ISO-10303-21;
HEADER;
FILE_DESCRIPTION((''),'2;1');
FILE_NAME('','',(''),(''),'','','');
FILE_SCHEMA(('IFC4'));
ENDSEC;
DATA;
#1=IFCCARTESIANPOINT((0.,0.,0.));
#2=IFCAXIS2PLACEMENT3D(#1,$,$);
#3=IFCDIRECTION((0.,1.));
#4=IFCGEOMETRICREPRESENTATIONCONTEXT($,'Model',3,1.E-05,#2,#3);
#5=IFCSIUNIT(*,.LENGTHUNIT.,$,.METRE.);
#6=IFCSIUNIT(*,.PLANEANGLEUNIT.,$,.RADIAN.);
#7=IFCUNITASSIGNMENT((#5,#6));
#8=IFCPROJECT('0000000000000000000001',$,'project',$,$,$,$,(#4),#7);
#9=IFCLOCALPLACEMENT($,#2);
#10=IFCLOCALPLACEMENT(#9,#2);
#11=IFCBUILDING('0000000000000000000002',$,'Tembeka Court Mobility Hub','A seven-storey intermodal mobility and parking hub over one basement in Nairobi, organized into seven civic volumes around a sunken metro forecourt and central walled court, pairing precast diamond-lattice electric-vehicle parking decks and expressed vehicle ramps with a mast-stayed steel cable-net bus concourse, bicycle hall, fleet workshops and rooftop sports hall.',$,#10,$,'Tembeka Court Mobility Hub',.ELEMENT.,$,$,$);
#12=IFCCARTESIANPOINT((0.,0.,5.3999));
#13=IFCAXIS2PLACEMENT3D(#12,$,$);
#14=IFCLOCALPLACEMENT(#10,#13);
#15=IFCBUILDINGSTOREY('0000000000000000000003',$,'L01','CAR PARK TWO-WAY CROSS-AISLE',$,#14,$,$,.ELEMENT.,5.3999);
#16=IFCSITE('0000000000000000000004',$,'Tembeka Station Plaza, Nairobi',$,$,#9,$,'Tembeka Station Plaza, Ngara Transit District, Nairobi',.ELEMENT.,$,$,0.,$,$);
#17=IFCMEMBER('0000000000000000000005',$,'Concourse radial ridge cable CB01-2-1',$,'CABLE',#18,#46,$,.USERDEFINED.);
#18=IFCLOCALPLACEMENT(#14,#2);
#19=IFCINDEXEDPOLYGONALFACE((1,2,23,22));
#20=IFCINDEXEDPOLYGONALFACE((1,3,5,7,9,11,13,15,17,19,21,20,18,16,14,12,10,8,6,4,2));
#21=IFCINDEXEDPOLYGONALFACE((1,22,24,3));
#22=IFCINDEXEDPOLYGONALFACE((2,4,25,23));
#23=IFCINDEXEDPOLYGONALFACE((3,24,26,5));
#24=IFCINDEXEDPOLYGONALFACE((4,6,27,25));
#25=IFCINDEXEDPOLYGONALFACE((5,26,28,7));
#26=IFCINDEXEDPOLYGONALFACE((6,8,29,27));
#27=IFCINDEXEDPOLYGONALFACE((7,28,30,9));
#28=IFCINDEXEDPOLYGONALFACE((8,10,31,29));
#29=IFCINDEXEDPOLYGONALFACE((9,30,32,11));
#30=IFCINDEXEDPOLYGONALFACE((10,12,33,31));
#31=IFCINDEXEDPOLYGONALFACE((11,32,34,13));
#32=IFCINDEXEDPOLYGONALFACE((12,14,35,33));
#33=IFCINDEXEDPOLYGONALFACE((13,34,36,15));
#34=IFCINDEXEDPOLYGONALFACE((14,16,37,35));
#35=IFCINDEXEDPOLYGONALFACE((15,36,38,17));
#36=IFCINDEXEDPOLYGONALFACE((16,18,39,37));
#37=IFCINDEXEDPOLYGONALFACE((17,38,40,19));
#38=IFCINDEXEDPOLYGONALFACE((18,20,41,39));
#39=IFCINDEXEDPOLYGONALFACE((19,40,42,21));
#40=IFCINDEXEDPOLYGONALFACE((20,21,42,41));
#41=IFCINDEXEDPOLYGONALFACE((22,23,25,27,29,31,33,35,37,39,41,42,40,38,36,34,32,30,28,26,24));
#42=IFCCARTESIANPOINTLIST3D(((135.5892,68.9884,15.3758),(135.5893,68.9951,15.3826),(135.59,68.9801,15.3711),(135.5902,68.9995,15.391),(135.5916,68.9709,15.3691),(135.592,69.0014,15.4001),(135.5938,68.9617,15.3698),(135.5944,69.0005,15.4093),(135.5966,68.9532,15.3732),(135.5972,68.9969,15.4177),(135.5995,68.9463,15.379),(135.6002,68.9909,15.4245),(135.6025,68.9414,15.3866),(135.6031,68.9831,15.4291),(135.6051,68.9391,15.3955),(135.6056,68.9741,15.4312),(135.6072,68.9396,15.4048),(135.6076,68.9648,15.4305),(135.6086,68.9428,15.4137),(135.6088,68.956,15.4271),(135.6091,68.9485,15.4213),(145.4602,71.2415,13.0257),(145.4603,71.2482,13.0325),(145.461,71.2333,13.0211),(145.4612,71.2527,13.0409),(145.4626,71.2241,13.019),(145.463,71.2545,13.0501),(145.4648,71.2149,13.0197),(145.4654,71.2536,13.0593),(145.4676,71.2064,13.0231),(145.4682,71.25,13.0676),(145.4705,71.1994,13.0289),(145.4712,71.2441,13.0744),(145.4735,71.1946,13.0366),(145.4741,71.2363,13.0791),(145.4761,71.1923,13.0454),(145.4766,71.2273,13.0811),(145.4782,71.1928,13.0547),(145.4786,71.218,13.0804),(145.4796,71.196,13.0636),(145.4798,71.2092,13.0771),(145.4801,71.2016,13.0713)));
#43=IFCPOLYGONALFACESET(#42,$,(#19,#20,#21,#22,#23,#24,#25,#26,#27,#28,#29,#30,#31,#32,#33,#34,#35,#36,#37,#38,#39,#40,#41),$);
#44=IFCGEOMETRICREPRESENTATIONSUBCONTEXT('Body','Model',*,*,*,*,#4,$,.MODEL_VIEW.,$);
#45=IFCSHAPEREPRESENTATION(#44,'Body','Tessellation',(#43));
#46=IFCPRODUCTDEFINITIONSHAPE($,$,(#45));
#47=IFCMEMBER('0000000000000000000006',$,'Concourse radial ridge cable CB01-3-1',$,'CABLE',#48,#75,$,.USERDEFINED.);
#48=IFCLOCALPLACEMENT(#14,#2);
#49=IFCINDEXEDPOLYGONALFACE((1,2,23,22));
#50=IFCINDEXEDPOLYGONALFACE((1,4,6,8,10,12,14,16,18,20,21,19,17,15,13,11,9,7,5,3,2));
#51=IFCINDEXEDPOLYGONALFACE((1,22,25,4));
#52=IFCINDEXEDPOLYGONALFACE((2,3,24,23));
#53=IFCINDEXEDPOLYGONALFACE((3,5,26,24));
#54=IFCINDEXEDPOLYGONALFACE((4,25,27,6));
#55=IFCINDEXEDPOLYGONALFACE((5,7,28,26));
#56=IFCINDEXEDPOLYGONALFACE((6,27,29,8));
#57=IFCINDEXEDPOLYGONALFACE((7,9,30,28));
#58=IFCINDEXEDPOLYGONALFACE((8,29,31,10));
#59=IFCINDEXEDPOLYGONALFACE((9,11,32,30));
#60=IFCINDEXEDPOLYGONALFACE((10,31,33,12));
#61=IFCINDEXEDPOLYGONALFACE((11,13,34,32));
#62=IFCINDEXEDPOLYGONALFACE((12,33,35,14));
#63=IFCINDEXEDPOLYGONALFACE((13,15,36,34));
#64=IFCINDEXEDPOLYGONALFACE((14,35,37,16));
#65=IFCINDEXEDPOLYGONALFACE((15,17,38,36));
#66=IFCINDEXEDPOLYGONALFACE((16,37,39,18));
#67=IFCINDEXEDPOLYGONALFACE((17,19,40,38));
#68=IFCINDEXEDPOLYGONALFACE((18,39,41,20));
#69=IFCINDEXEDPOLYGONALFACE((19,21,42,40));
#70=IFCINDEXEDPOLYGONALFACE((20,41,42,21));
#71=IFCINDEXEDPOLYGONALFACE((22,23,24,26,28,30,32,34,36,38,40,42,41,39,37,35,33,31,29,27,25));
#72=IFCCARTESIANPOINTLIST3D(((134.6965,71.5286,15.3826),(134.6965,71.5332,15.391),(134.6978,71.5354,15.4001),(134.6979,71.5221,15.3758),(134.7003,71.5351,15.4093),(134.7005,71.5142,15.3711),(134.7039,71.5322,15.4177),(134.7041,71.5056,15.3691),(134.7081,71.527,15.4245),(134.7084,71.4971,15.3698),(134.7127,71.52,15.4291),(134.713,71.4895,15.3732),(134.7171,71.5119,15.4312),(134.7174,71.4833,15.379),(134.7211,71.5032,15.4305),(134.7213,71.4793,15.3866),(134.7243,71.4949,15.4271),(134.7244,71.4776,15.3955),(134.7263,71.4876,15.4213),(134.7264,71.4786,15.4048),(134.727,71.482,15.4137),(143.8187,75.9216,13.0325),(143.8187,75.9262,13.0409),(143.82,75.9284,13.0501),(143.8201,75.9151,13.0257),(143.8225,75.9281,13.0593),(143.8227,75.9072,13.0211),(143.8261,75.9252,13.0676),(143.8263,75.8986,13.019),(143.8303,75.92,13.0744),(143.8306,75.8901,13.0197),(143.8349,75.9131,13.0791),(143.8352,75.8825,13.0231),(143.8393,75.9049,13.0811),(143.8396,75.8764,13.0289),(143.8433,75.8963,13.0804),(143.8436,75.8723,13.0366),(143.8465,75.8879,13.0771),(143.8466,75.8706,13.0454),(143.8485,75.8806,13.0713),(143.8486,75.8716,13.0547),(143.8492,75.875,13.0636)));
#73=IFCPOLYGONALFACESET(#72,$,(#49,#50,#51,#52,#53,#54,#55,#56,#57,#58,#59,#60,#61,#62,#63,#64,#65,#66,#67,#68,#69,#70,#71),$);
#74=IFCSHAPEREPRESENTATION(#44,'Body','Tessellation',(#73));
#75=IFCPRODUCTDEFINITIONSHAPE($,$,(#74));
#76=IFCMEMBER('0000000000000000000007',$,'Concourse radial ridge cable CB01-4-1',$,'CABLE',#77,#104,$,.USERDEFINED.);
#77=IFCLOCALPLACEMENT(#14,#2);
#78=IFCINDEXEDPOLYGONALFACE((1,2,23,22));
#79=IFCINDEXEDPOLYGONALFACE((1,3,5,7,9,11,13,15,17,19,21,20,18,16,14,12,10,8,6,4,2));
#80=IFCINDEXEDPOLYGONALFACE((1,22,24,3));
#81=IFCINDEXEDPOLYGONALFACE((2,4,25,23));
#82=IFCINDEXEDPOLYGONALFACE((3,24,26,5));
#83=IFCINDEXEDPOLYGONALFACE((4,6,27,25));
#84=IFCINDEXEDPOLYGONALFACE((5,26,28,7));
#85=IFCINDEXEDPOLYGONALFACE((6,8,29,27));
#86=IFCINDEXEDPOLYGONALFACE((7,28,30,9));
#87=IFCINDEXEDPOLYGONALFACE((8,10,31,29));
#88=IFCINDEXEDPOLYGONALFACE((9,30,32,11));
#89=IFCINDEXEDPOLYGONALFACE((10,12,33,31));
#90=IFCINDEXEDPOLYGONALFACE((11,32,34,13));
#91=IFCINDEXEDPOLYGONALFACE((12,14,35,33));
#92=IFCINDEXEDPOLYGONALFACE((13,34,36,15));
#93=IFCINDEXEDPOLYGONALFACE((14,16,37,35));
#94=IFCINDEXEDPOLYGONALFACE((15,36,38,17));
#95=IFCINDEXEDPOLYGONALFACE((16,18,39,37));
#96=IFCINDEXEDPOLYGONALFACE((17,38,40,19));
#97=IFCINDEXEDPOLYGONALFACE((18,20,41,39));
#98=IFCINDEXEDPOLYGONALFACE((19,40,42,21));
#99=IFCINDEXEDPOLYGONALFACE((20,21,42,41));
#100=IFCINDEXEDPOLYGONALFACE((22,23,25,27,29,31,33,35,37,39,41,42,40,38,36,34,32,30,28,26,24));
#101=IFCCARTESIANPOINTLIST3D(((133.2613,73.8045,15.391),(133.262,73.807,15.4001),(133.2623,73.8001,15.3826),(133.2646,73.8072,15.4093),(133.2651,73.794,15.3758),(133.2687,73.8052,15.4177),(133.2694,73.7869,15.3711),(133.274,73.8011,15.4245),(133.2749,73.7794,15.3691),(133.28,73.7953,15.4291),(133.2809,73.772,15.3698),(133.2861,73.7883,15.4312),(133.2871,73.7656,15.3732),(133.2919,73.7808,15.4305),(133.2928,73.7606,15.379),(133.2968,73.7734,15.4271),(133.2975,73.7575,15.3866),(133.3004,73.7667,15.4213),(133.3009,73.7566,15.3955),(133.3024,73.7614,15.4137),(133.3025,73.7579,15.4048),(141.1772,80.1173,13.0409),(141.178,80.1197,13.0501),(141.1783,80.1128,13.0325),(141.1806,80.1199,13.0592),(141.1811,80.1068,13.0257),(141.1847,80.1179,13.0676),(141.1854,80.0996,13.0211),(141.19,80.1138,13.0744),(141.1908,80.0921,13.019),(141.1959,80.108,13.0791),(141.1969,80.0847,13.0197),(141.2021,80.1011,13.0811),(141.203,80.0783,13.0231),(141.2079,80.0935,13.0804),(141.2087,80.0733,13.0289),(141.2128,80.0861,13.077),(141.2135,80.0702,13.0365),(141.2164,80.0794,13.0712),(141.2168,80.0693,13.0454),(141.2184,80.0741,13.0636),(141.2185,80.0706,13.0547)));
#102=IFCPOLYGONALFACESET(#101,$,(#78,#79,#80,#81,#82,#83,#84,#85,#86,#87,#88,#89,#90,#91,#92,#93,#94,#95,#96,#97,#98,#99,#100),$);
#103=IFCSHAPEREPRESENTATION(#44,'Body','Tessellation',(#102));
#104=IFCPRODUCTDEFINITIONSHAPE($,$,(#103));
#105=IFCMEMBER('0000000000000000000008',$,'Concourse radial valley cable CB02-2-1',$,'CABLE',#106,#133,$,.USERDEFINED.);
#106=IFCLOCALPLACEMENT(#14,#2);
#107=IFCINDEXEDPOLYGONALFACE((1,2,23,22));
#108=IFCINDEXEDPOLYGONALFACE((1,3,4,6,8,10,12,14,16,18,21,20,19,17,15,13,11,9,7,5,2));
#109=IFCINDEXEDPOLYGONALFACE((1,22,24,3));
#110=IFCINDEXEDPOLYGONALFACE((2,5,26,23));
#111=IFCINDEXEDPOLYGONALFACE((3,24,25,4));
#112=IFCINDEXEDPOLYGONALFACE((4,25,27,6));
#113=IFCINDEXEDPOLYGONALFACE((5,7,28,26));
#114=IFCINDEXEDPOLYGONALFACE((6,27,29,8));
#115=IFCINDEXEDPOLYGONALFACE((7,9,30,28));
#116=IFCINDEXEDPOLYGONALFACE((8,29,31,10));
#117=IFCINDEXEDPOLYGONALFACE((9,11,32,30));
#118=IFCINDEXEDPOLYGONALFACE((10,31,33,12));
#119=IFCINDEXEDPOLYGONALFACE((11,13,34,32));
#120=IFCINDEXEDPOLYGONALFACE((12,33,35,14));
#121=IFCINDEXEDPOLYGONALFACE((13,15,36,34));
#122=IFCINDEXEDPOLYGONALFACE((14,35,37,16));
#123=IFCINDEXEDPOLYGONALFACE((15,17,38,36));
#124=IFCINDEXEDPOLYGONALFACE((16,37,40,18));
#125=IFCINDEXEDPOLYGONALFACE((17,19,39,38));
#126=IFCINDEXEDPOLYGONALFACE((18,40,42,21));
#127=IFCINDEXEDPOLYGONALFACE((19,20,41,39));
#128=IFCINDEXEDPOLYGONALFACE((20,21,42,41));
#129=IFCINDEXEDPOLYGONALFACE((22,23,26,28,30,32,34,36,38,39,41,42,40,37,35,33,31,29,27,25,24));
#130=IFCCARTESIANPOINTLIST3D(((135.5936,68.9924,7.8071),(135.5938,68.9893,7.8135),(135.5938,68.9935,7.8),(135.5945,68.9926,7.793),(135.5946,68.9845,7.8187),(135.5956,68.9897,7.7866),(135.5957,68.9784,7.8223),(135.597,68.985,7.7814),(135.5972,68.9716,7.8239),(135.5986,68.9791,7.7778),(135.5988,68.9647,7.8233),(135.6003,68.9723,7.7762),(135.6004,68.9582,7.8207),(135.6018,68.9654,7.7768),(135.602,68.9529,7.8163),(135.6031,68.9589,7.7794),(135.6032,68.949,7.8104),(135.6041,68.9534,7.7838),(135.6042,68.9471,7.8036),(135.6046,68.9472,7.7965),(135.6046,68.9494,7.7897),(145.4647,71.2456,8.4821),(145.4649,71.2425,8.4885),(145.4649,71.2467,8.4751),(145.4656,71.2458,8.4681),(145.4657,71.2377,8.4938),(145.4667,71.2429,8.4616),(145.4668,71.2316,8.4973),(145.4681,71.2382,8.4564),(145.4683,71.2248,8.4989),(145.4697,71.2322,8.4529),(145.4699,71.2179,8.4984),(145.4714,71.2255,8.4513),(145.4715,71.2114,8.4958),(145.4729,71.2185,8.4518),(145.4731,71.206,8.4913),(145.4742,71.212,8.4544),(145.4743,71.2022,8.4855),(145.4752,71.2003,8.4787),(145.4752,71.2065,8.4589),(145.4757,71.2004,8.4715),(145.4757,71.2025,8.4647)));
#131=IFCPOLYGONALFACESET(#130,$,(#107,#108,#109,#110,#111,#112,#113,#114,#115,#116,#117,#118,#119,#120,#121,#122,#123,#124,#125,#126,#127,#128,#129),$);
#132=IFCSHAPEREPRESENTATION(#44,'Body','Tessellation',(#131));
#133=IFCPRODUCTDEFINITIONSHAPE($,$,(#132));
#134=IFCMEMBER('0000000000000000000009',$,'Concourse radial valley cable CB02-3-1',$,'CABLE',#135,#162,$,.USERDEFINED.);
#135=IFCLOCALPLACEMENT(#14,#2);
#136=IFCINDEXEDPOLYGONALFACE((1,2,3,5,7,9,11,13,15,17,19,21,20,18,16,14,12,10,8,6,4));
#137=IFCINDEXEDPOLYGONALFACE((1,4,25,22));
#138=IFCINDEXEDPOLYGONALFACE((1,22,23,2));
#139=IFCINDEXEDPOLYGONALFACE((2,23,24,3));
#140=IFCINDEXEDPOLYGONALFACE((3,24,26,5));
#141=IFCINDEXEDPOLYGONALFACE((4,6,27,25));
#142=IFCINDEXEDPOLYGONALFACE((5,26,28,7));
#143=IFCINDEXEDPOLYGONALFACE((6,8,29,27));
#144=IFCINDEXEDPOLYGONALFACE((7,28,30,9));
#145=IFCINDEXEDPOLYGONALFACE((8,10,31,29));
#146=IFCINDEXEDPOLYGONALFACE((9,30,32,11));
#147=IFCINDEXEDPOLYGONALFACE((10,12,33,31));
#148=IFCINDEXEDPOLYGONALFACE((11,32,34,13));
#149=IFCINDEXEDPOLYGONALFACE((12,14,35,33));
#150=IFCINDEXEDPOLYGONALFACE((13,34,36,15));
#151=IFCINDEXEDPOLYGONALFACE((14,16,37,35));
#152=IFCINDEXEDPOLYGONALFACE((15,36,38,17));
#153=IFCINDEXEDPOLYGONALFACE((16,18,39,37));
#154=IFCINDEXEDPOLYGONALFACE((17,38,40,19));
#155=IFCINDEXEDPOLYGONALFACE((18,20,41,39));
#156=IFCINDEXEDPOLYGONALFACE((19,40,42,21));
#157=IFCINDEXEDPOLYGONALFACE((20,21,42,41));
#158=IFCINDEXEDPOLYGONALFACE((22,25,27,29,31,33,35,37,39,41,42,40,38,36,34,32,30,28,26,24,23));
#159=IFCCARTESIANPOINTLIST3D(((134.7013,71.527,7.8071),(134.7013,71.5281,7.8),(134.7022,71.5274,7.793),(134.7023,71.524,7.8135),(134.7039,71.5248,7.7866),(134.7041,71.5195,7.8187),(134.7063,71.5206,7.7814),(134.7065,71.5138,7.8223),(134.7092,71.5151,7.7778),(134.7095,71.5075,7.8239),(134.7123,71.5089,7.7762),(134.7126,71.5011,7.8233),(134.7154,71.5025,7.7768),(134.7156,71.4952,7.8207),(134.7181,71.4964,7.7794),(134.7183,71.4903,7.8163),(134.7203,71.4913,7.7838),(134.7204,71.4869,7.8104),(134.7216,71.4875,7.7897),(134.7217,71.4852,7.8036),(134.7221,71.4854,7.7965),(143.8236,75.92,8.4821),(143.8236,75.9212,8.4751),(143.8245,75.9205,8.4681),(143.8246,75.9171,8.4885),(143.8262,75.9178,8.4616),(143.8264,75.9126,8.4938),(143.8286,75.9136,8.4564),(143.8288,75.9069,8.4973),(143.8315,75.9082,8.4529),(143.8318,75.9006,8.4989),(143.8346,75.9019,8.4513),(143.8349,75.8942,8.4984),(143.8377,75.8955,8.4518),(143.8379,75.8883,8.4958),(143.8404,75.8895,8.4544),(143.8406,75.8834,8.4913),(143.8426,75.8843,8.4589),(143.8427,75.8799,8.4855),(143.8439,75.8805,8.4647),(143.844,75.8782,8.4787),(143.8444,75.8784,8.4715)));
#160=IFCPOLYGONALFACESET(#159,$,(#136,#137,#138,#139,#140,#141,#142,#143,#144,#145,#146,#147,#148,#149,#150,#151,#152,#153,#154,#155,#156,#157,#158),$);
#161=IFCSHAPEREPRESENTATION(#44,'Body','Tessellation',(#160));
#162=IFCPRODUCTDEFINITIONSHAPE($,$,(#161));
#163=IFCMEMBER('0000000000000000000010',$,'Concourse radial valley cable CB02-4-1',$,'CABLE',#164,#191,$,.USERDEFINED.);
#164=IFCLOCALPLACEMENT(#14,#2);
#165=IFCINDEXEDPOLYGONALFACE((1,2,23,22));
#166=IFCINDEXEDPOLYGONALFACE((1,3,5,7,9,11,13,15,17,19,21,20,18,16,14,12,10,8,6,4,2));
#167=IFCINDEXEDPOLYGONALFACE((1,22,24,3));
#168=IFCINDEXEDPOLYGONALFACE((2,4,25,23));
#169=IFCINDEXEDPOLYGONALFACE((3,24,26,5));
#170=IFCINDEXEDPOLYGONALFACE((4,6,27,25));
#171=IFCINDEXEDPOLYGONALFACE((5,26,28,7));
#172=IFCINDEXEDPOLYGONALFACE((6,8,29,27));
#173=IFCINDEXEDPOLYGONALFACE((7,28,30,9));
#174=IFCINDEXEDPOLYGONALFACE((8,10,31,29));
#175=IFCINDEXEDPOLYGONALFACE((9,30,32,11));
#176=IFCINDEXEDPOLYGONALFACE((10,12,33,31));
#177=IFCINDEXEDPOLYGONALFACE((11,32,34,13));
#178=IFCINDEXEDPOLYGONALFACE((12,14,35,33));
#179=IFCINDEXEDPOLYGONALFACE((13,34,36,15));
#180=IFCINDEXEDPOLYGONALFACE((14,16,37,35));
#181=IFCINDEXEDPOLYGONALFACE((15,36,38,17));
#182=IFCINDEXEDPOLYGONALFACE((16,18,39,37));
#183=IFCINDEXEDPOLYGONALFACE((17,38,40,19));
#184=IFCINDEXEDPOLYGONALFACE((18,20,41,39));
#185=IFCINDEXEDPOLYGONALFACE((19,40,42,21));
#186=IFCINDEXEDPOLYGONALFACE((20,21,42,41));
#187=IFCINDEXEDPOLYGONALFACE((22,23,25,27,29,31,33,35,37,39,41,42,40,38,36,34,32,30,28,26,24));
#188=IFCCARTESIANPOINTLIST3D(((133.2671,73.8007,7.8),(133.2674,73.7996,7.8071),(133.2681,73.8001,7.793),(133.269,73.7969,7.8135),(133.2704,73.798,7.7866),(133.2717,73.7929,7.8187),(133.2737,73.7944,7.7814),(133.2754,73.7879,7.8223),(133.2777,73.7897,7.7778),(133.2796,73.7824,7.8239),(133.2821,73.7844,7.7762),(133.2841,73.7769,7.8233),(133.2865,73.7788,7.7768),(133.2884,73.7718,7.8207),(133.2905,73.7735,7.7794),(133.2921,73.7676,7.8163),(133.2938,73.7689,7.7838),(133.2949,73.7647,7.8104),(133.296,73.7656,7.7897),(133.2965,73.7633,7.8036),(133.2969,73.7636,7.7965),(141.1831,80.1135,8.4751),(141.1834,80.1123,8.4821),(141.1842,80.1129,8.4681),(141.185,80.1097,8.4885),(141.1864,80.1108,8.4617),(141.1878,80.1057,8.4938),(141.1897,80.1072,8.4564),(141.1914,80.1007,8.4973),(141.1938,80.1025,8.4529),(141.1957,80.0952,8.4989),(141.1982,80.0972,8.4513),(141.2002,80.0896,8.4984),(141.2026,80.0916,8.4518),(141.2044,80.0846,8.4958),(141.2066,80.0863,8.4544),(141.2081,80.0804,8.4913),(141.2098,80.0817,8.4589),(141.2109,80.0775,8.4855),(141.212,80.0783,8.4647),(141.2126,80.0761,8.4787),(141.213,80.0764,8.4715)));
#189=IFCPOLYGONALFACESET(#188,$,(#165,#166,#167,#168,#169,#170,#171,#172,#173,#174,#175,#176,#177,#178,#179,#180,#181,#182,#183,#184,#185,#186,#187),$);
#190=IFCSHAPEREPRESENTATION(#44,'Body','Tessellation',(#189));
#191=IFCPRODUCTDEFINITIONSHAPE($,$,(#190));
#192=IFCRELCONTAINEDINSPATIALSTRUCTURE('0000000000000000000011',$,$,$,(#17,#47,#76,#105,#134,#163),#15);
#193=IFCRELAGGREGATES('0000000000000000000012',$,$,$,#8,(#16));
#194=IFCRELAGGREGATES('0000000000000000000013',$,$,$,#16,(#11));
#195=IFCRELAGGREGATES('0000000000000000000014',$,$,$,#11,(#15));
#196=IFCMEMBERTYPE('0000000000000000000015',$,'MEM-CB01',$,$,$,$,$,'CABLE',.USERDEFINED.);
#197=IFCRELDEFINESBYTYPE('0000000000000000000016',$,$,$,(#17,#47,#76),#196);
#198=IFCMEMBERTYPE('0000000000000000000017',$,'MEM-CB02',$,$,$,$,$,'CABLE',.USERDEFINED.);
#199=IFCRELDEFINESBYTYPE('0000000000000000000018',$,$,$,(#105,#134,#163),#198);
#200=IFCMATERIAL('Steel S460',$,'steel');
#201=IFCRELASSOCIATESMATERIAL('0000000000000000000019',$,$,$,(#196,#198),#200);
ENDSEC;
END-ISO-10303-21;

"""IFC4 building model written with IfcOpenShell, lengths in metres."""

from ifc_helpers import new_model, si_unit, direction, frame, origin, origin_2d, place, context, subcontext, project, spatial, circle, extrude, material, material_profile, profile_set, type_object, element, save


model = new_model("IFC4")

# Units and contexts
model_context = context("Model", 3, precision=1e-05, world=origin(), true_north=direction((0.0, 1.0)))
body_context = subcontext(model_context, "Body", "Model", "MODEL_VIEW")
ifc_project = project(units=[si_unit("LENGTHUNIT", "METRE"), si_unit("PLANEANGLEUNIT", "RADIAN")], contexts=[model_context])

# Site, building, storey
site_placement = place(None, origin())
site = spatial("IfcSite", under=ifc_project, at=site_placement, Name="Tembeka Station Plaza, Nairobi", LongName="Tembeka Station Plaza, Ngara Transit District, Nairobi", CompositionType="ELEMENT", RefElevation=0.0)
building_placement = place(site_placement, origin())
building = spatial("IfcBuilding", under=site, at=building_placement, Name="Tembeka Court Mobility Hub", Description="A seven-storey intermodal mobility and parking hub over one basement in Nairobi, organized into seven civic volumes around a sunken metro forecourt and central walled court, pairing precast diamond-lattice electric-vehicle parking decks and expressed vehicle ramps with a mast-stayed steel cable-net bus concourse, bicycle hall, fleet workshops and rooftop sports hall.", LongName="Tembeka Court Mobility Hub", CompositionType="ELEMENT")
storey_placement = place(building_placement, frame((0.0, 0.0, 5.3999)))
storey = spatial("IfcBuildingStorey", under=building, at=storey_placement, Name="L01", Description="CAR PARK TWO-WAY CROSS-AISLE", CompositionType="ELEMENT", Elevation=5.3999)

# Members
ifc_material_1 = material(Name="Steel S460", Category="steel")
ifc_material_profile_1 = material_profile(ifc_material_1, circle(Radius=0.032, at=origin_2d()), Name="CABLE D64")
ifc_profile_set_1 = profile_set([ifc_material_profile_1], Name="Steel S460")
member_type_1 = type_object("IfcMemberType", Name="MEM-CB01", ElementType="CABLE", PredefinedType="USERDEFINED", material=ifc_profile_set_1)
for number, where, z_axis, x_axis, name in (
    (1, (135.5991, 68.9702, 15.4001), (0.949678, 0.216773, -0.226098), (-0.222536, 0.974924, 0.0), "Concourse radial ridge cable CB01-2-1"),
    (2, (134.7117, 71.5066, 15.4001), (0.877638, 0.422647, -0.226098), (-0.433883, 0.900969, 0.0), "Concourse radial ridge cable CB01-3-1"),
    (3, (133.282, 73.782, 15.4001), (0.761589, 0.60734, -0.2261), (-0.623486, 0.781835, 0.0), "Concourse radial ridge cable CB01-4-1"),
):
    element("IfcMember", number, at=place(storey_placement, frame(where, z_axis=z_axis, x_axis=x_axis)), inside=storey, type_object=member_type_1, Name=name, ObjectType="CABLE", PredefinedType="USERDEFINED", context=body_context, shape_type="SweptSolid", body=[
        extrude(circle(Radius=0.032, at=origin_2d()), origin(), (0.0, 0.0, 1.0), 10.394),
    ])
ifc_material_profile_2 = material_profile(ifc_material_1, circle(Radius=0.0239, at=origin_2d()), Name="CABLE D48")
ifc_profile_set_2 = profile_set([ifc_material_profile_2], Name="Steel S460")
member_type_2 = type_object("IfcMemberType", Name="MEM-CB02", ElementType="CABLE", PredefinedType="USERDEFINED", material=ifc_profile_set_2)
for number, where, z_axis, x_axis, name in (
    (4, (135.5991, 68.9702, 7.8), (0.972765, 0.222043, 0.066524), (-0.222536, 0.974924, 0.0), "Concourse radial valley cable CB02-2-1"),
    (5, (134.7117, 71.5066, 7.8), (0.898973, 0.432922, 0.066524), (-0.433883, 0.900969, 0.0), "Concourse radial valley cable CB02-3-1"),
    (6, (133.282, 73.782, 7.8), (0.780103, 0.622105, 0.066524), (-0.623486, 0.781835, 0.0), "Concourse radial valley cable CB02-4-1"),
):
    element("IfcMember", number, at=place(storey_placement, frame(where, z_axis=z_axis, x_axis=x_axis)), inside=storey, type_object=member_type_2, Name=name, ObjectType="CABLE", PredefinedType="USERDEFINED", context=body_context, shape_type="SweptSolid", body=[
        extrude(circle(Radius=0.0239, at=origin_2d()), origin(), (0.0, 0.0, 1.0), 10.1475),
    ])

save(model, "model.ifc")
